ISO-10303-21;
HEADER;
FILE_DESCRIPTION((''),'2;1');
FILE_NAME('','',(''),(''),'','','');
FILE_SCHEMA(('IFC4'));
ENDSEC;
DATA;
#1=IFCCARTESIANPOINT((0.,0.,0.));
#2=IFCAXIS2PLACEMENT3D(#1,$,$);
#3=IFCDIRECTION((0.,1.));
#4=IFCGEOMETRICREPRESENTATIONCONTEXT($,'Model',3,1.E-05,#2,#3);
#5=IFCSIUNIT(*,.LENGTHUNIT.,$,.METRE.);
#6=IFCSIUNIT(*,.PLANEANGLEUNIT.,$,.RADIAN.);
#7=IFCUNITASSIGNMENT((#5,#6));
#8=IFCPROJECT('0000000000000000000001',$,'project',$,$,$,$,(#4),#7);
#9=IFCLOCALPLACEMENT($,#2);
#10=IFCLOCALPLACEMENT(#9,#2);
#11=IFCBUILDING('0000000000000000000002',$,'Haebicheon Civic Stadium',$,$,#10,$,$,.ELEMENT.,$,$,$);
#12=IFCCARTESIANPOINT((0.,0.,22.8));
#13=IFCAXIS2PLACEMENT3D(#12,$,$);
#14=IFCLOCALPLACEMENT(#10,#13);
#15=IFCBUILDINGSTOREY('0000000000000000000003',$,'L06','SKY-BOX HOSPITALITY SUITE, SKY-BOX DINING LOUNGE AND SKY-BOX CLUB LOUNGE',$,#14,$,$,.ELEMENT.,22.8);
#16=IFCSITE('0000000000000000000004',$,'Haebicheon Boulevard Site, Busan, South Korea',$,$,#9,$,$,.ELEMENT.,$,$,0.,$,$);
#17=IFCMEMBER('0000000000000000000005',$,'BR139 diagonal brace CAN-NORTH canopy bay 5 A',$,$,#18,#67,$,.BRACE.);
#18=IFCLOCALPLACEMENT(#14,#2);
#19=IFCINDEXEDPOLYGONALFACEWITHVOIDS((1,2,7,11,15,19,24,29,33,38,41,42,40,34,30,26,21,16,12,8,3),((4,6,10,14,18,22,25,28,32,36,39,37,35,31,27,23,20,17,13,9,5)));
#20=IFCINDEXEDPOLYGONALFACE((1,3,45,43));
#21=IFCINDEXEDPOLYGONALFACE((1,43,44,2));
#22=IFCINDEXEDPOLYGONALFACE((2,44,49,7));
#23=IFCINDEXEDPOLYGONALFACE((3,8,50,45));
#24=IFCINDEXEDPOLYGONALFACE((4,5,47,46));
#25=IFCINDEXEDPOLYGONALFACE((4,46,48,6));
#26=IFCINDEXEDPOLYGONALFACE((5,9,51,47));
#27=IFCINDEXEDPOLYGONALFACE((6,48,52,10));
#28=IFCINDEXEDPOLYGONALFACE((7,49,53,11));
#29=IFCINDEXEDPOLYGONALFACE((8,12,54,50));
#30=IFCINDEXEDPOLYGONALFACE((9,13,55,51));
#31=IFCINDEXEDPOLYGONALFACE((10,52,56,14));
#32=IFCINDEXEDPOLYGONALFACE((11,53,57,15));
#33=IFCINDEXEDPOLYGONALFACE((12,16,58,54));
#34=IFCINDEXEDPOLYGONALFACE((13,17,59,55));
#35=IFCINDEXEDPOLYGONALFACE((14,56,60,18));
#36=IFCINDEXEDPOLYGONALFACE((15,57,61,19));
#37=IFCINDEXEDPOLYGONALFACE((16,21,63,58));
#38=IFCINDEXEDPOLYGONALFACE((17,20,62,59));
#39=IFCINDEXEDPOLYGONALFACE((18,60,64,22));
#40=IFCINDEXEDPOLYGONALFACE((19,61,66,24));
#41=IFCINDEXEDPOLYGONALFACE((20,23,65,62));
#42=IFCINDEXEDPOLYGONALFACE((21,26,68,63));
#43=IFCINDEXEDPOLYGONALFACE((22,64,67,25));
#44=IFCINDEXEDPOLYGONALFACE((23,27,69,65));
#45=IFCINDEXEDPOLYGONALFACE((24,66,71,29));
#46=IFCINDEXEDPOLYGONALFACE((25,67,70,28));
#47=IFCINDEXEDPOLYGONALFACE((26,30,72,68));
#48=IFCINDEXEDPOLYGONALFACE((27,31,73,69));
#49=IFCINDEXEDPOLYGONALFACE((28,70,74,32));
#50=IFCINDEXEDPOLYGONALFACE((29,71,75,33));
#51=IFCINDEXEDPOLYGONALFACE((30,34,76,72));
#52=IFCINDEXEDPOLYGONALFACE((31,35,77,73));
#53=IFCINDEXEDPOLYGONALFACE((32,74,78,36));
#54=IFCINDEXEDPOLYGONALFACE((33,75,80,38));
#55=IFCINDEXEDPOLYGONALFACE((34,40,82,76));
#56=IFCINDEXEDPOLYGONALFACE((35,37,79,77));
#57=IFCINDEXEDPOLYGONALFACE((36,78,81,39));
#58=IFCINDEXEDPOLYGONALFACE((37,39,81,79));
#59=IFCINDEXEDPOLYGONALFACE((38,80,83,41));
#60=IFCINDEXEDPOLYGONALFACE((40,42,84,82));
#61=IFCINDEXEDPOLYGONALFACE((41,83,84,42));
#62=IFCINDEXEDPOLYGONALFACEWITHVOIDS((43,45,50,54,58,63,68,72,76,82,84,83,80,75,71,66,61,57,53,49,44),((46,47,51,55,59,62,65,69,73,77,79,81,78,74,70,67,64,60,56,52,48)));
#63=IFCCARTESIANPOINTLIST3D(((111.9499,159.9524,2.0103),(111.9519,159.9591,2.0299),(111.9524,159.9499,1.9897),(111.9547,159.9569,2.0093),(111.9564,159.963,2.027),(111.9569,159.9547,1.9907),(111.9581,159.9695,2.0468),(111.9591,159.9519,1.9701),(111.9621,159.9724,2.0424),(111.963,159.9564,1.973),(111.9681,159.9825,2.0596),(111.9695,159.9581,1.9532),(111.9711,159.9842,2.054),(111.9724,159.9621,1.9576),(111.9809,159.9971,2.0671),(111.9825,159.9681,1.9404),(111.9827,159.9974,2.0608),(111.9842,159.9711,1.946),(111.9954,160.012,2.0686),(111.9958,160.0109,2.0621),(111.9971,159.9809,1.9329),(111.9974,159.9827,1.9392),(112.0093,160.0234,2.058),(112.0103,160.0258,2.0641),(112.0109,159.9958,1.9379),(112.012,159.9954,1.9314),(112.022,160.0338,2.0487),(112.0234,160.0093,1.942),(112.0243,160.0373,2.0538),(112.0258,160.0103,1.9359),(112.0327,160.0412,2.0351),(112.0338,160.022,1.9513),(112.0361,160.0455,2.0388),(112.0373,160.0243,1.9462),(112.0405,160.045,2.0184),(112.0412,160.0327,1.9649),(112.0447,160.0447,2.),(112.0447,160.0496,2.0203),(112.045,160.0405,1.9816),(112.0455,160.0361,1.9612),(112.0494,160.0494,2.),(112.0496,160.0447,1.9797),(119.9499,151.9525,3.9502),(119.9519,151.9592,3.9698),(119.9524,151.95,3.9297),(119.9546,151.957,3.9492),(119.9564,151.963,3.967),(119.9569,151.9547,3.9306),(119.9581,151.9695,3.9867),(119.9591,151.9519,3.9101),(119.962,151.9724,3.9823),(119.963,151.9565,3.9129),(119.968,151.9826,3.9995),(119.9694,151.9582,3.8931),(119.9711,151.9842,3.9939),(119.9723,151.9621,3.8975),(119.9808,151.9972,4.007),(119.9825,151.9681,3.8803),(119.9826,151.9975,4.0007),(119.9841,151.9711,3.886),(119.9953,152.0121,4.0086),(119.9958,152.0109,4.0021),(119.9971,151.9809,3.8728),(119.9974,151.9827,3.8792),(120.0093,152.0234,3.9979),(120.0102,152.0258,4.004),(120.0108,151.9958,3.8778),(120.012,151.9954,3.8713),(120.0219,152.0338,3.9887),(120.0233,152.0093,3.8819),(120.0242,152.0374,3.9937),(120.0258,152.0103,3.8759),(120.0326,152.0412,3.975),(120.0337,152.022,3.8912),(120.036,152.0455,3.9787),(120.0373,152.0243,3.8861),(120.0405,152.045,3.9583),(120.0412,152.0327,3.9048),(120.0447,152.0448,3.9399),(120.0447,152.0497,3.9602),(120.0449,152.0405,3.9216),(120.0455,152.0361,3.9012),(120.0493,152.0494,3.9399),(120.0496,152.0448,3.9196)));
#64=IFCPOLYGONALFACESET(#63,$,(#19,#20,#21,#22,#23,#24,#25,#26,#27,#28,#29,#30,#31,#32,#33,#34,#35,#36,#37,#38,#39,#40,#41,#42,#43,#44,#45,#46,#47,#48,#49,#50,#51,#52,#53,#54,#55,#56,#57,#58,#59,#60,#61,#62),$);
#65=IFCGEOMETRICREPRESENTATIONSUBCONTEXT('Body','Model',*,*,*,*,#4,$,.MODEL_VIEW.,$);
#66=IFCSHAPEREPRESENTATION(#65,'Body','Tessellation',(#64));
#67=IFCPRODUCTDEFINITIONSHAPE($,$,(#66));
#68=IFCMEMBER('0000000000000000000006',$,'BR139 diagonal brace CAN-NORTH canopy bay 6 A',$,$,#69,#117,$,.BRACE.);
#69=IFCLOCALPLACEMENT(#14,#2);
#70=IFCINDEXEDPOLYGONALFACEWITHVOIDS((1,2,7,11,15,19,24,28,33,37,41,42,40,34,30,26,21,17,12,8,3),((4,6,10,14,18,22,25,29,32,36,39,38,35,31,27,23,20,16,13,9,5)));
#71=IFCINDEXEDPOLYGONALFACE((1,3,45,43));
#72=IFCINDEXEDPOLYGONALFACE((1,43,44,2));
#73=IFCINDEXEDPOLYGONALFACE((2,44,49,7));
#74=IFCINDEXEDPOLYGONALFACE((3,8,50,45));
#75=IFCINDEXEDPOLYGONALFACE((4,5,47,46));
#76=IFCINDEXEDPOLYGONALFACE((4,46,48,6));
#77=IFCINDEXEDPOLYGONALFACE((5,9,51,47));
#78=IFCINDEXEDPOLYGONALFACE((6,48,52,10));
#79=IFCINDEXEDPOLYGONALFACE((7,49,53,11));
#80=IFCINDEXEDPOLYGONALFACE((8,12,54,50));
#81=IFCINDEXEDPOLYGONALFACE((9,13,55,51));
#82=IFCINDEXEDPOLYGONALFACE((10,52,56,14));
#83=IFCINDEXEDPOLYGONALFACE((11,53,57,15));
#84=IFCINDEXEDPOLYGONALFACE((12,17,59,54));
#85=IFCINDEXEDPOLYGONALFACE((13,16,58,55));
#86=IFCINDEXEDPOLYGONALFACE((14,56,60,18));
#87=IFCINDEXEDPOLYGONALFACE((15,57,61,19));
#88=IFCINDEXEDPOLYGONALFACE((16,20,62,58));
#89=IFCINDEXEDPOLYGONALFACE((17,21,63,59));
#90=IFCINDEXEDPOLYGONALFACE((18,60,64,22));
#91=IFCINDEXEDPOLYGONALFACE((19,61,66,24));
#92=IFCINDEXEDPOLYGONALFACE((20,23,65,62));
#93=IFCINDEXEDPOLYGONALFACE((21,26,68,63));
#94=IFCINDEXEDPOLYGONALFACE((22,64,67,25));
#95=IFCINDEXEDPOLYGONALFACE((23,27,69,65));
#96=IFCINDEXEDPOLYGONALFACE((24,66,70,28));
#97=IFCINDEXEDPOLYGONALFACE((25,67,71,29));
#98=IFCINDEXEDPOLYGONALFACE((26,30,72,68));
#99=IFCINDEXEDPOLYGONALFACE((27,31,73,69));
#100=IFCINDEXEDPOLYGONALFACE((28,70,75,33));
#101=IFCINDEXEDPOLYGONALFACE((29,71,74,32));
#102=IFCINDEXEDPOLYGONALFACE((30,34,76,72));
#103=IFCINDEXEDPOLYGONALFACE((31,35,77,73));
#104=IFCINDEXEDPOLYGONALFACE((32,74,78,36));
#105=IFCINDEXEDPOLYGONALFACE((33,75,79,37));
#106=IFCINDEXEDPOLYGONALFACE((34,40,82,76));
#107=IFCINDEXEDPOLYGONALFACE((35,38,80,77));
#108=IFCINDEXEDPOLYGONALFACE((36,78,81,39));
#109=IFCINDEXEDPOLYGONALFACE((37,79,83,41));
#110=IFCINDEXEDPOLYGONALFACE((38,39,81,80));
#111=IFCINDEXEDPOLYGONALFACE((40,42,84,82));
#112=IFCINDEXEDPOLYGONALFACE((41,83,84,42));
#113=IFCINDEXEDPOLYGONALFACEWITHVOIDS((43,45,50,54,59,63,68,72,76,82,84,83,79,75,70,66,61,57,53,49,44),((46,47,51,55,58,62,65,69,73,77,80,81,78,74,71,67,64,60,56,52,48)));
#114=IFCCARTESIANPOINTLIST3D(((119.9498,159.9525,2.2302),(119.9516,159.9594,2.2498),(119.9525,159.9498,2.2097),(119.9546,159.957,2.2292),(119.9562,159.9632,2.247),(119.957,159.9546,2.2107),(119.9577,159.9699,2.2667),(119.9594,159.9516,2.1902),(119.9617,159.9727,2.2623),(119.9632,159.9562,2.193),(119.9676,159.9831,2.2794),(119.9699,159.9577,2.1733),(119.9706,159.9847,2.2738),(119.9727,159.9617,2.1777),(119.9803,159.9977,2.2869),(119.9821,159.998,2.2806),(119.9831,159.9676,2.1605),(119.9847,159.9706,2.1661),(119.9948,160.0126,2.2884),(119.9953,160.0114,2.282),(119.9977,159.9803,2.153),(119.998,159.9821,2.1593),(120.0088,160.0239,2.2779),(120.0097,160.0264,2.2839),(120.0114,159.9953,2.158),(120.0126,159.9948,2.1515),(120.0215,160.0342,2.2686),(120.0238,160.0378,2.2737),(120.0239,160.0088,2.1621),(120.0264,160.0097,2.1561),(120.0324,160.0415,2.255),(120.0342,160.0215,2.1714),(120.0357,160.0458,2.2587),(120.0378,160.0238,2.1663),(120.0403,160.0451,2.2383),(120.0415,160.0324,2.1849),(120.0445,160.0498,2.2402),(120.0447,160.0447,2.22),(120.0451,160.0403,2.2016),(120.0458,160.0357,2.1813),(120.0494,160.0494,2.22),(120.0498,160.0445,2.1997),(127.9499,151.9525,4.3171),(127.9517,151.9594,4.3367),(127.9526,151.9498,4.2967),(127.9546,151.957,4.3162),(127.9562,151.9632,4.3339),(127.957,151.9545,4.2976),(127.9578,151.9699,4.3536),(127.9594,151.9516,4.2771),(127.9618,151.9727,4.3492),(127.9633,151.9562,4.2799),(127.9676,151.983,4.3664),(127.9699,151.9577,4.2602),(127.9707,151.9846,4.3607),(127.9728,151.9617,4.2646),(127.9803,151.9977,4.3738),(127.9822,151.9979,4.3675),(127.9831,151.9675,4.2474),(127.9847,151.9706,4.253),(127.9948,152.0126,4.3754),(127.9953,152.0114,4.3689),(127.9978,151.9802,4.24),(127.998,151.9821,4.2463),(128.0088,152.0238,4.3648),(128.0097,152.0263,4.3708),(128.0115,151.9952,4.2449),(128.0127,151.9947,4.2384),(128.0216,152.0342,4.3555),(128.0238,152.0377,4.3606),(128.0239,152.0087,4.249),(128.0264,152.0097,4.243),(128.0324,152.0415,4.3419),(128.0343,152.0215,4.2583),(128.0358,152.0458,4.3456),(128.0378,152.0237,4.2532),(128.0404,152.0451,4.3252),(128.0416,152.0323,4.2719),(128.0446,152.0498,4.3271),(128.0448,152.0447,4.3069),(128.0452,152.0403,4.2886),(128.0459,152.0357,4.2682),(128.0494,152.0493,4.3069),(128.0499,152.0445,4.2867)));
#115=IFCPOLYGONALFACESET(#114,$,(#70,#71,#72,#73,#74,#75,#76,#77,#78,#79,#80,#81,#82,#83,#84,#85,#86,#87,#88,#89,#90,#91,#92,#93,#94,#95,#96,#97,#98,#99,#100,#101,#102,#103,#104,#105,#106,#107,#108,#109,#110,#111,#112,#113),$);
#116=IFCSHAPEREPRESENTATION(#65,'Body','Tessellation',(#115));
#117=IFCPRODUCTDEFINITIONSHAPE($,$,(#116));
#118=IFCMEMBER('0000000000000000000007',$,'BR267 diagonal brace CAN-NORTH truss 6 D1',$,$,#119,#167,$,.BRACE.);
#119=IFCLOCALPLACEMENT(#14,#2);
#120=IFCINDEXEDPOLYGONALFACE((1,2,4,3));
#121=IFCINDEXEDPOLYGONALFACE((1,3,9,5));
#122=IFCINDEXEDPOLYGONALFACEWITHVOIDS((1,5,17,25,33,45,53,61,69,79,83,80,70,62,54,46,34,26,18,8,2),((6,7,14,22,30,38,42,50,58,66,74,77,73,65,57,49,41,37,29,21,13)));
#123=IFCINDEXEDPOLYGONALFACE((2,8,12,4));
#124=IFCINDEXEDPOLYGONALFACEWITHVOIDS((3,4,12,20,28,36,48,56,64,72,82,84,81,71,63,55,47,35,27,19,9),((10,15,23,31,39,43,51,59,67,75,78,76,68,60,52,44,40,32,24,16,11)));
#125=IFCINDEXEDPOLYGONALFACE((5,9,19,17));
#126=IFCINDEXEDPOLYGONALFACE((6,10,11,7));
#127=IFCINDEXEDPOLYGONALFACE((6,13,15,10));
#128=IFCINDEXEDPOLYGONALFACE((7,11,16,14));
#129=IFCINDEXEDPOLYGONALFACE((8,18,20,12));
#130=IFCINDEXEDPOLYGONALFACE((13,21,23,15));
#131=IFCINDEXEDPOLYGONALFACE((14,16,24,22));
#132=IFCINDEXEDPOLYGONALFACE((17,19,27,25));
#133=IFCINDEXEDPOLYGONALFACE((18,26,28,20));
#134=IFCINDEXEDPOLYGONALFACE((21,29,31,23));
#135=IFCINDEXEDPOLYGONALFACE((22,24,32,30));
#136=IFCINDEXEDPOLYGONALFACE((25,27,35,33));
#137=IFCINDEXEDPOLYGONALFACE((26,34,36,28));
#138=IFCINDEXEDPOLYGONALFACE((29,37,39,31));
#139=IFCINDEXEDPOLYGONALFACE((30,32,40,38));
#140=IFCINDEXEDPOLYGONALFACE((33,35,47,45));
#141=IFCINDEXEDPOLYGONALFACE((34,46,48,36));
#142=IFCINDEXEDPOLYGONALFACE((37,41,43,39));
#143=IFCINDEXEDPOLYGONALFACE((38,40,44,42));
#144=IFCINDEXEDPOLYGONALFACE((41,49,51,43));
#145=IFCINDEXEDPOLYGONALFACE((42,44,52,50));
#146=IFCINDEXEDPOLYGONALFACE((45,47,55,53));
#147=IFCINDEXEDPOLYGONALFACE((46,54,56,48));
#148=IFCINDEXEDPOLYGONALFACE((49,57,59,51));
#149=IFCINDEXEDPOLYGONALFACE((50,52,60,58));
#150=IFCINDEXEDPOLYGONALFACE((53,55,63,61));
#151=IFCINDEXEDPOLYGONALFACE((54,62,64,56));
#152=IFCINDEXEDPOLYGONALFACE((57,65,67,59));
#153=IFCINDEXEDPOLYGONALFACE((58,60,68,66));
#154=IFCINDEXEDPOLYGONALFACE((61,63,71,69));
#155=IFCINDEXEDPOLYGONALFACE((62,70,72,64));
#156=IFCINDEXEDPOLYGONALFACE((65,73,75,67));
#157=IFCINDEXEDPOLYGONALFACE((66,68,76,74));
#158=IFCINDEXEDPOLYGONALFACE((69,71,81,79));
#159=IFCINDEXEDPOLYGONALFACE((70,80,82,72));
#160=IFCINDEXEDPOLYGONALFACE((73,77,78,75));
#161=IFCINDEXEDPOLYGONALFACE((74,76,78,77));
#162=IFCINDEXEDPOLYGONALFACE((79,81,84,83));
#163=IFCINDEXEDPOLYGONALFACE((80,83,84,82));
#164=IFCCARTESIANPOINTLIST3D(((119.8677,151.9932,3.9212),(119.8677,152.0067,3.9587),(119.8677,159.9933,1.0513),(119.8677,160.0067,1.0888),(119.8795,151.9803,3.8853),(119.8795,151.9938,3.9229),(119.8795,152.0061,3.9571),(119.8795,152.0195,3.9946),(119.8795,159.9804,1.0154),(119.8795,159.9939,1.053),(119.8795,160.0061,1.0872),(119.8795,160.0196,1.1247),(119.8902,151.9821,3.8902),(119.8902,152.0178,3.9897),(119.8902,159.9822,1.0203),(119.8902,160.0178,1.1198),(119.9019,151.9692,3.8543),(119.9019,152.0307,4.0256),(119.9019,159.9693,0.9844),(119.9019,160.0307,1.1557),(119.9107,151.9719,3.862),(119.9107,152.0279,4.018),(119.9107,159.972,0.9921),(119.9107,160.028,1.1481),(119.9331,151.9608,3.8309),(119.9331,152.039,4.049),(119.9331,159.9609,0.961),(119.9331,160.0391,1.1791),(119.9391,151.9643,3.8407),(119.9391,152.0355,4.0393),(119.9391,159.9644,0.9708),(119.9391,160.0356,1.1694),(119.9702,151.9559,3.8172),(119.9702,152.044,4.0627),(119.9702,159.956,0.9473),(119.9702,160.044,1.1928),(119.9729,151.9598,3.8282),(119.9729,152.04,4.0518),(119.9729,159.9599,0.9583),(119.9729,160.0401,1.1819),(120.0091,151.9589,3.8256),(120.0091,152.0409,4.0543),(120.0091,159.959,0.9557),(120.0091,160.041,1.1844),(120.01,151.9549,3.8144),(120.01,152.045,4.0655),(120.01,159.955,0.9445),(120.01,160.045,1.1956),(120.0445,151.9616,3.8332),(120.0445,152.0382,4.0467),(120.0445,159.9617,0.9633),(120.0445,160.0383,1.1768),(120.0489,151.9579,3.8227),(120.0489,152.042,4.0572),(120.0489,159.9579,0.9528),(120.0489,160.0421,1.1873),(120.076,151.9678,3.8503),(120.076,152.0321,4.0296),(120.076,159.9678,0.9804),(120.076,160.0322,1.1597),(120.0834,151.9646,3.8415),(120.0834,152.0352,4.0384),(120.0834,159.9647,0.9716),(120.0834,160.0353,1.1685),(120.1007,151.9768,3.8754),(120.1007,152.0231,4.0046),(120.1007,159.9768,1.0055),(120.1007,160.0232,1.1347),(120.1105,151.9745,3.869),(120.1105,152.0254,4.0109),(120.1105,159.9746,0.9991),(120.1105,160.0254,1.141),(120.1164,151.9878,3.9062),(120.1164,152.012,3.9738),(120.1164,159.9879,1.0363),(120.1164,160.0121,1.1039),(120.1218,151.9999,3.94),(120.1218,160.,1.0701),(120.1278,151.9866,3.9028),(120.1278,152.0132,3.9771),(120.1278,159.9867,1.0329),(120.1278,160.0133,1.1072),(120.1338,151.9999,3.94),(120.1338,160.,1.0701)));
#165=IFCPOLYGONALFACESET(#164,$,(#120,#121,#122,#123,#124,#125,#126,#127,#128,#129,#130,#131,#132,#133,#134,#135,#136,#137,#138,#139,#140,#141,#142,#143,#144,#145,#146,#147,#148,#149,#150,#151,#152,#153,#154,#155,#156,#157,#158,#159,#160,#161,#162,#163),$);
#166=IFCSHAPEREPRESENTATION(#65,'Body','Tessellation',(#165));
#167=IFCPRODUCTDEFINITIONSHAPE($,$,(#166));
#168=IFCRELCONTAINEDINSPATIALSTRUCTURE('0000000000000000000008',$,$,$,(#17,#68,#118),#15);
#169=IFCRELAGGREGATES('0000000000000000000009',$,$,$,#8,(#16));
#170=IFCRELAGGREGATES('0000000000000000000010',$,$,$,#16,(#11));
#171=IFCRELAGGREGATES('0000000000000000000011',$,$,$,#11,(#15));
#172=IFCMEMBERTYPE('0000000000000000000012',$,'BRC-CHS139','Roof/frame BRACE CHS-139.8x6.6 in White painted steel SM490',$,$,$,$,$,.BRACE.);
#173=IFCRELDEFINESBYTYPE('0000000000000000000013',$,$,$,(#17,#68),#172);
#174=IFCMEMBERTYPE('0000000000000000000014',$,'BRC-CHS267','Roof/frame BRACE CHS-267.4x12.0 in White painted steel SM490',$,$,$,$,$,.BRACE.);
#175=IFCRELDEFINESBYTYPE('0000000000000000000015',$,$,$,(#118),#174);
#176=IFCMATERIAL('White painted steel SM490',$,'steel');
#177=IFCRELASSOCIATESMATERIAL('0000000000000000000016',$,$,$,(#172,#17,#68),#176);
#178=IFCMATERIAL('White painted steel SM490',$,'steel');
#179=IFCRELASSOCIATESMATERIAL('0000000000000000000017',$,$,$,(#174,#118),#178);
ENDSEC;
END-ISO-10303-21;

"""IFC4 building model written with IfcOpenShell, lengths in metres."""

from ifc_helpers import new_model, si_unit, direction, frame, origin, origin_2d, place, context, subcontext, project, spatial, hollow_circle, extrude, material, material_profile, profile_set, type_object, element, save


model = new_model("IFC4")

# Units and contexts
model_context = context("Model", 3, precision=1e-05, world=origin(), true_north=direction((0.0, 1.0)))
body_context = subcontext(model_context, "Body", "Model", "MODEL_VIEW")
ifc_project = project(units=[si_unit("LENGTHUNIT", "METRE"), si_unit("PLANEANGLEUNIT", "RADIAN")], contexts=[model_context])

# Site, building, storey
site_placement = place(None, origin())
site = spatial("IfcSite", under=ifc_project, at=site_placement, Name="Haebicheon Boulevard Site, Busan, South Korea", CompositionType="ELEMENT", RefElevation=0.0)
building_placement = place(site_placement, origin())
building = spatial("IfcBuilding", under=site, at=building_placement, Name="Haebicheon Civic Stadium", CompositionType="ELEMENT")
storey_placement = place(building_placement, frame((0.0, 0.0, 22.8)))
storey = spatial("IfcBuildingStorey", under=building, at=storey_placement, Name="L06", Description="SKY-BOX HOSPITALITY SUITE, SKY-BOX DINING LOUNGE AND SKY-BOX CLUB LOUNGE", CompositionType="ELEMENT", Elevation=22.8)

# Members
ifc_material_1 = material(Name="White painted steel SM490", Category="steel")
ifc_material_profile_1 = material_profile(ifc_material_1, hollow_circle(Radius=0.0698, WallThickness=0.0066, at=origin_2d()), Name="CHS-139.8x6.6")
ifc_profile_set_1 = profile_set([ifc_material_profile_1], Name="White painted steel SM490")
member_type_1 = type_object("IfcMemberType", Name="BRC-CHS139", Description="Roof/frame BRACE CHS-139.8x6.6 in White painted steel SM490", PredefinedType="BRACE", material=ifc_profile_set_1)
member_1_placement = place(storey_placement, frame((112.0, 160.0, 2.0), z_axis=(0.696936, -0.696936, 0.169002), x_axis=(0.707107, 0.707107, 0.0)))
element("IfcMember", 1, at=member_1_placement, inside=storey, type_object=member_type_1, material=ifc_profile_set_1, Name="BR139 diagonal brace CAN-NORTH canopy bay 5 A", PredefinedType="BRACE", context=body_context, shape_type="SweptSolid", body=[
    extrude(hollow_circle(Radius=0.0698, WallThickness=0.0066, at=origin_2d()), origin(), (0.0, 0.0, 1.0), 11.4788),
])
member_2_placement = place(storey_placement, frame((120.0, 160.0, 2.22), z_axis=(0.695376, -0.695376, 0.181399), x_axis=(0.707107, 0.707107, 0.0)))
element("IfcMember", 2, at=member_2_placement, inside=storey, type_object=member_type_1, material=ifc_profile_set_1, Name="BR139 diagonal brace CAN-NORTH canopy bay 6 A", PredefinedType="BRACE", context=body_context, shape_type="SweptSolid", body=[
    extrude(hollow_circle(Radius=0.0698, WallThickness=0.0066, at=origin_2d()), origin(), (0.0, 0.0, 1.0), 11.5046),
])
ifc_material_2 = material(Name="White painted steel SM490", Category="steel")
ifc_material_profile_2 = material_profile(ifc_material_2, hollow_circle(Radius=0.1338, WallThickness=0.012, at=origin_2d()), Name="CHS-267.4x12.0")
ifc_profile_set_2 = profile_set([ifc_material_profile_2], Name="White painted steel SM490")
member_type_2 = type_object("IfcMemberType", Name="BRC-CHS267", Description="Roof/frame BRACE CHS-267.4x12.0 in White painted steel SM490", PredefinedType="BRACE", material=ifc_profile_set_2)
member_3_placement = place(storey_placement, frame((120.0, 160.0, 1.0701), z_axis=(0.0, -0.941267, 0.337664), x_axis=(1.0, 0.0, 0.0)))
element("IfcMember", 3, at=member_3_placement, inside=storey, type_object=member_type_2, material=ifc_profile_set_2, Name="BR267 diagonal brace CAN-NORTH truss 6 D1", PredefinedType="BRACE", context=body_context, shape_type="SweptSolid", body=[
    extrude(hollow_circle(Radius=0.1338, WallThickness=0.012, at=origin_2d()), origin(), (0.0, 0.0, 1.0), 8.4993),
])

save(model, "model.ifc")
